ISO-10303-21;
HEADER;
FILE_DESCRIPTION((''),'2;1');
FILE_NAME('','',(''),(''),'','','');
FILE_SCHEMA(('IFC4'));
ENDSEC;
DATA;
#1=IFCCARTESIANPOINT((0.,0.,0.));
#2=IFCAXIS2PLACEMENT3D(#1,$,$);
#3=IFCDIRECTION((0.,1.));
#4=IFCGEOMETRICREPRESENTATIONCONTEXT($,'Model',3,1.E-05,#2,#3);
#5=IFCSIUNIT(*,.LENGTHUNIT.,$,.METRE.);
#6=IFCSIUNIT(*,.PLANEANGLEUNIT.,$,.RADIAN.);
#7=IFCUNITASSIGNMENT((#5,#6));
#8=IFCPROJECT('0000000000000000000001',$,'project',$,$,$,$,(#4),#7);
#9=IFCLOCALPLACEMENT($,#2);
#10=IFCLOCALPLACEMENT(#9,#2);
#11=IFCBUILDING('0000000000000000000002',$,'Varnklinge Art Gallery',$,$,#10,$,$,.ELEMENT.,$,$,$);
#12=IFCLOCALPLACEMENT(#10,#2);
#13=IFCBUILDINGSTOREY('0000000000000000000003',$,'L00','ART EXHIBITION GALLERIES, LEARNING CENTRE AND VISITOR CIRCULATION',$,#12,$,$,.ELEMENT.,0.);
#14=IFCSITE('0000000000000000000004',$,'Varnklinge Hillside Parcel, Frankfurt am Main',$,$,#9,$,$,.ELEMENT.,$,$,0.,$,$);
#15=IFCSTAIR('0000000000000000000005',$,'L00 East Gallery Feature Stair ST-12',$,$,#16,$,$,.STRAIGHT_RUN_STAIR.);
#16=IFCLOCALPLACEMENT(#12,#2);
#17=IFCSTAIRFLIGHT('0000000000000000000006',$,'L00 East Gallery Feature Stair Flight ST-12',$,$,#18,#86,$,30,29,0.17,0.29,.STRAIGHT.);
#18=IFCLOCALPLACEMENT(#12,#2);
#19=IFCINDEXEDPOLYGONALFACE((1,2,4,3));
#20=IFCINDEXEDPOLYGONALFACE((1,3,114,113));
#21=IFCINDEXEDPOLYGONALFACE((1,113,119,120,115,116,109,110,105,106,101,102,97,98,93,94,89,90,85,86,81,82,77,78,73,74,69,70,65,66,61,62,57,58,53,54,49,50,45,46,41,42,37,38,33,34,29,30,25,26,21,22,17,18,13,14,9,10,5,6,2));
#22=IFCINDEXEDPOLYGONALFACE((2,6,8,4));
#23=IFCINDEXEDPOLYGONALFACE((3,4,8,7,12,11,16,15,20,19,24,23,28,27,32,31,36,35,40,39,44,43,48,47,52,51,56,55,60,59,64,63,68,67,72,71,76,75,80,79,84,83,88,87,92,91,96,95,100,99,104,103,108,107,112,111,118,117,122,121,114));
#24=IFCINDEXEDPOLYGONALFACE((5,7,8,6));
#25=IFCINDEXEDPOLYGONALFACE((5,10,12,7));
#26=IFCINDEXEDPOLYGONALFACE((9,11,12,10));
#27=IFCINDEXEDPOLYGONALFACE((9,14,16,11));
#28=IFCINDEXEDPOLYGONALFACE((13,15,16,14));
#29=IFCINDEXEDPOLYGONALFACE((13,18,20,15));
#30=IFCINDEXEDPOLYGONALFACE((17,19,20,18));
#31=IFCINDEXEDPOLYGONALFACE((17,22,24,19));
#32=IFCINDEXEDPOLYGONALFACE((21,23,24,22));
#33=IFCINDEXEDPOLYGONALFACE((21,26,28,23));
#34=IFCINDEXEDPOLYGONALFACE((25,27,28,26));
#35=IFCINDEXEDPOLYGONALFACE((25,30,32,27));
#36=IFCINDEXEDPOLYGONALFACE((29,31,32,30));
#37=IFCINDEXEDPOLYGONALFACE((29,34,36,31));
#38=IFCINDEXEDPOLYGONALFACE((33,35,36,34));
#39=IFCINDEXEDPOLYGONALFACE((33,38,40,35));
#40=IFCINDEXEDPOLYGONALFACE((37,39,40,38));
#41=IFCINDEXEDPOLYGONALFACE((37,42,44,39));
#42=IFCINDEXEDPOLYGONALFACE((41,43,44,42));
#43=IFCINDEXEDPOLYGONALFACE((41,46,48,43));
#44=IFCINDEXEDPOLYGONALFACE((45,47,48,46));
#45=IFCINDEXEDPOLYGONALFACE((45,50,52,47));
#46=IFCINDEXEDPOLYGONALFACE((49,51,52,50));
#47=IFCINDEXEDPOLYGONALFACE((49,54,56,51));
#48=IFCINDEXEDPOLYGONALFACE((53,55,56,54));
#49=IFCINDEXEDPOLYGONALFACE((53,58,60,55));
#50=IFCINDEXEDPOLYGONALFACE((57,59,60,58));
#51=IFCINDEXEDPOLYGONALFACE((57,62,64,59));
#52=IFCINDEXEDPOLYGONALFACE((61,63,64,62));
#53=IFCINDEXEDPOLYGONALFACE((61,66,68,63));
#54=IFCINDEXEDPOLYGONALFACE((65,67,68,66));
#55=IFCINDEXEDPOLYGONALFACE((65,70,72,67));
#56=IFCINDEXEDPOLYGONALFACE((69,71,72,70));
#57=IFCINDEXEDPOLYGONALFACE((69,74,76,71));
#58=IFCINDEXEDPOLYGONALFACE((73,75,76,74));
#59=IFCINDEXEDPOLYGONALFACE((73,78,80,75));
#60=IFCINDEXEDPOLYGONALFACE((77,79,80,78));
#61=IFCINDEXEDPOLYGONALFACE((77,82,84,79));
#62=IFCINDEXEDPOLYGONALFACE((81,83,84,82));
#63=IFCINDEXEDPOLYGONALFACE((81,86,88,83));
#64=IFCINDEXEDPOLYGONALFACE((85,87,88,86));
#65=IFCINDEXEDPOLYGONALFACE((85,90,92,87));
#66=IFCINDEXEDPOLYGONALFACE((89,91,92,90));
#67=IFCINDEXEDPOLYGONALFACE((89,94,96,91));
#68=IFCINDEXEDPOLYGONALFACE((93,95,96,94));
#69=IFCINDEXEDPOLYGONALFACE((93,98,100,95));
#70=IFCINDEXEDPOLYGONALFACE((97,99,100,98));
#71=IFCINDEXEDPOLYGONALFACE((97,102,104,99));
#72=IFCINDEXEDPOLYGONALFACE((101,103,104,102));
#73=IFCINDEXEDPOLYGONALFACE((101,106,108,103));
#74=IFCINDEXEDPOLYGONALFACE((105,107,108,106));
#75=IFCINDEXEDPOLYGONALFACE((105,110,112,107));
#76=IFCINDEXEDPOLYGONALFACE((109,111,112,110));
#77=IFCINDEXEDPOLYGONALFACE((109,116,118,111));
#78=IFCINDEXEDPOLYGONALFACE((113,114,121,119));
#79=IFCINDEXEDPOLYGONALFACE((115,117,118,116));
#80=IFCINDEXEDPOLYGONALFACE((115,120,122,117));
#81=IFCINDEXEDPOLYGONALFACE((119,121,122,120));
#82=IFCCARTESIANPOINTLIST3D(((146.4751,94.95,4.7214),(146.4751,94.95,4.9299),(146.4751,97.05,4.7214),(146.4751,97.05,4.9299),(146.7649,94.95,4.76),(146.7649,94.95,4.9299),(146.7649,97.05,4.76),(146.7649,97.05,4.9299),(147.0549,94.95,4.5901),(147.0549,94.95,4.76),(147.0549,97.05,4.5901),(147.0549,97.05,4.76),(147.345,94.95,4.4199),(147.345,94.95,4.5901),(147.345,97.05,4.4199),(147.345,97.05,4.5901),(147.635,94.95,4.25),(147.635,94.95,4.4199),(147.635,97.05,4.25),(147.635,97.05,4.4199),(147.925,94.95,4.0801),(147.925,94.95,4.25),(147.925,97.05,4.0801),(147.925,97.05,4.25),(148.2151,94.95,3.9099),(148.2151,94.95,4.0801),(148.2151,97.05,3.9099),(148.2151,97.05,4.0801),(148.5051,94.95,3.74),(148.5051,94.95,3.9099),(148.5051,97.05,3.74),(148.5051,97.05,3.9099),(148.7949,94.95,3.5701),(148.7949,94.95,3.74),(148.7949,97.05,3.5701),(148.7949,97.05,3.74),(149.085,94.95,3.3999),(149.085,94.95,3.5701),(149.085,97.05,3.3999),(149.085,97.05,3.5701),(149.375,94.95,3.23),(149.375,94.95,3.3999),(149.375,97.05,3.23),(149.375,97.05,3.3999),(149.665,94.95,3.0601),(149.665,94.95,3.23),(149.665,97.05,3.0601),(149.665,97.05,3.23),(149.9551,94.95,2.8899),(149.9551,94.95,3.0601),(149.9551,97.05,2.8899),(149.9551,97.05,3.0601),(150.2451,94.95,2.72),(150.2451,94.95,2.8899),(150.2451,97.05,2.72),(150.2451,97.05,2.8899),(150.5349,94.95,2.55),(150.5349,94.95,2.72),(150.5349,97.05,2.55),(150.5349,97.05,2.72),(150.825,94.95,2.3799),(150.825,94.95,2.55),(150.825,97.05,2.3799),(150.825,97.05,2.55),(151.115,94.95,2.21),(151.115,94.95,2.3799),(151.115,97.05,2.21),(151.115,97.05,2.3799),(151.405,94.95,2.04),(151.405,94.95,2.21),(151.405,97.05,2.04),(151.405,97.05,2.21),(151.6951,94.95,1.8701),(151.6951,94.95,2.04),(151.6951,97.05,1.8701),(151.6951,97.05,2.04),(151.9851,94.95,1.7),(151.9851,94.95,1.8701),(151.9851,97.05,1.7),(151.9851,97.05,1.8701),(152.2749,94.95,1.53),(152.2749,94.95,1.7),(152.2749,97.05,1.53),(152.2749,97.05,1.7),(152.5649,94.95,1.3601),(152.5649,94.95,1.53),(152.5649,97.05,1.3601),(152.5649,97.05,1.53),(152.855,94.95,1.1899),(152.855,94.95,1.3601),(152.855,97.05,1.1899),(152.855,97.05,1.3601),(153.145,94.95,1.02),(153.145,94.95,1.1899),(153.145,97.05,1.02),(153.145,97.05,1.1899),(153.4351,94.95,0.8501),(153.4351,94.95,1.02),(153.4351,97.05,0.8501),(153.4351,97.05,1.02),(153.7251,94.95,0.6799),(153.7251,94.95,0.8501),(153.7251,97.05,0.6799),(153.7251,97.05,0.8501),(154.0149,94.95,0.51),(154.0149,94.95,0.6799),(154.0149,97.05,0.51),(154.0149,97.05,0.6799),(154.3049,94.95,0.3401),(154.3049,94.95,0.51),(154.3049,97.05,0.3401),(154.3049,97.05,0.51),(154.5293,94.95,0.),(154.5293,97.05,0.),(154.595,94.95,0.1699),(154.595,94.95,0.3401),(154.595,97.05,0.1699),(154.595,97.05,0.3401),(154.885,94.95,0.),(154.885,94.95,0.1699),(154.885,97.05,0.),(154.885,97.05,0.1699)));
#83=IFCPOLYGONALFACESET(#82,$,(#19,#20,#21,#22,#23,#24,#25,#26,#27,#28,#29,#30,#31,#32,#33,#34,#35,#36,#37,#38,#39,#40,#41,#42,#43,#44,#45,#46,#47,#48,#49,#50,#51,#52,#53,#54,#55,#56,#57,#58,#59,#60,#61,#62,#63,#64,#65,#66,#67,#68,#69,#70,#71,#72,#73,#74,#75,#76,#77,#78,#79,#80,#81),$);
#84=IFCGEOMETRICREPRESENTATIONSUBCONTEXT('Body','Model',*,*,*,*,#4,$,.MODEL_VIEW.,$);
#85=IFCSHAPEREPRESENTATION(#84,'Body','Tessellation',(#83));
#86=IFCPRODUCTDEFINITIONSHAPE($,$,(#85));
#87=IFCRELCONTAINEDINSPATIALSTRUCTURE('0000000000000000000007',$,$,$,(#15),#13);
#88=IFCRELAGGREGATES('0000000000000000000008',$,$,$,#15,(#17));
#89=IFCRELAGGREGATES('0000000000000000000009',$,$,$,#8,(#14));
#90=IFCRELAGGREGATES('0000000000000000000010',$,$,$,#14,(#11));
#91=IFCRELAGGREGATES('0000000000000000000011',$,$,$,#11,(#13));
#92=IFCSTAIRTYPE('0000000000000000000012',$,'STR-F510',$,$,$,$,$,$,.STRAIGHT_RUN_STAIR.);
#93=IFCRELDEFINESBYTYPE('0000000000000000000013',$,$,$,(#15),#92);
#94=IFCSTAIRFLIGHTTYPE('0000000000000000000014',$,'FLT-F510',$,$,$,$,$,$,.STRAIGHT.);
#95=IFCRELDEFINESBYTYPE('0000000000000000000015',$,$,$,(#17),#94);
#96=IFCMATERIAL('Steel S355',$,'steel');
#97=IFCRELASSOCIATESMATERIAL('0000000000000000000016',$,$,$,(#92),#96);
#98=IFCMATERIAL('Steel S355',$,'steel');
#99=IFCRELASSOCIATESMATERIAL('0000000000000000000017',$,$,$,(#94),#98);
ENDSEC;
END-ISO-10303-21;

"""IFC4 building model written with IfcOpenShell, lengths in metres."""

from ifc_helpers import new_model, si_unit, direction, frame, origin, place, context, subcontext, project, spatial, polyline, outline, extrude, material, type_object, element, aggregate, save


model = new_model("IFC4")

# Units and contexts
model_context = context("Model", 3, precision=1e-05, world=origin(), true_north=direction((0.0, 1.0)))
body_context = subcontext(model_context, "Body", "Model", "MODEL_VIEW")
ifc_project = project(units=[si_unit("LENGTHUNIT", "METRE"), si_unit("PLANEANGLEUNIT", "RADIAN")], contexts=[model_context])

# Site, building, storey
site_placement = place(None, origin())
site = spatial("IfcSite", under=ifc_project, at=site_placement, Name="Varnklinge Hillside Parcel, Frankfurt am Main", CompositionType="ELEMENT", RefElevation=0.0)
building_placement = place(site_placement, origin())
building = spatial("IfcBuilding", under=site, at=building_placement, Name="Varnklinge Art Gallery", CompositionType="ELEMENT")
storey_placement = place(building_placement, origin())
storey = spatial("IfcBuildingStorey", under=building, at=storey_placement, Name="L00", Description="ART EXHIBITION GALLERIES, LEARNING CENTRE AND VISITOR CIRCULATION", CompositionType="ELEMENT", Elevation=0.0)

# Stair, stair flight
ifc_material_1 = material(Name="Steel S355", Category="steel")
stair_type_1 = type_object("IfcStairType", Name="STR-F510", PredefinedType="STRAIGHT_RUN_STAIR", material=ifc_material_1)
stair_1_placement = place(storey_placement, origin())
stair_1 = element("IfcStair", 1, at=stair_1_placement, inside=storey, type_object=stair_type_1, Name="L00 East Gallery Feature Stair ST-12", PredefinedType="STRAIGHT_RUN_STAIR")
ifc_material_2 = material(Name="Steel S355", Category="steel")
stair_flight_type_1 = type_object("IfcStairFlightType", Name="FLT-F510", PredefinedType="STRAIGHT", material=ifc_material_2)
stair_flight_1_placement = place(storey_placement, frame((154.885, 96.0, 0.0), z_axis=(0.0, 0.0, 1.0), x_axis=(-1.0, 0.0, 0.0)))
stair_flight_1 = element("IfcStairFlight", 2, at=stair_flight_1_placement, type_object=stair_flight_type_1, Name="L00 East Gallery Feature Stair Flight ST-12", NumberOfRisers=30, NumberOfTreads=29, PredefinedType="STRAIGHT", RiserHeight=0.17, TreadLength=0.29, context=body_context, shape_type="SweptSolid", body=[
    extrude(outline(polyline([(0.0, 0.0), (0.0, 0.1699), (0.29, 0.1699), (0.29, 0.3401), (0.5801, 0.3401), (0.5801, 0.51), (0.8701, 0.51), (0.8701, 0.6799), (1.1599, 0.6799), (1.1599, 0.8501), (1.45, 0.8501), (1.45, 1.02), (1.74, 1.02), (1.74, 1.1899), (2.03, 1.1899), (2.03, 1.3601), (2.3201, 1.3601), (2.3201, 1.53), (2.6101, 1.53), (2.6101, 1.7), (2.8999, 1.7), (2.8999, 1.8701), (3.1899, 1.8701), (3.1899, 2.04), (3.48, 2.04), (3.48, 2.21), (3.77, 2.21), (3.77, 2.3799), (4.0601, 2.3799), (4.0601, 2.55), (4.3501, 2.55), (4.3501, 2.72), (4.6399, 2.72), (4.6399, 2.8899), (4.9299, 2.8899), (4.9299, 3.0601), (5.22, 3.0601), (5.22, 3.23), (5.51, 3.23), (5.51, 3.3999), (5.8, 3.3999), (5.8, 3.5701), (6.0901, 3.5701), (6.0901, 3.74), (6.3799, 3.74), (6.3799, 3.9099), (6.6699, 3.9099), (6.6699, 4.0801), (6.96, 4.0801), (6.96, 4.25), (7.25, 4.25), (7.25, 4.4199), (7.54, 4.4199), (7.54, 4.5901), (7.8301, 4.5901), (7.8301, 4.76), (8.1201, 4.76), (8.1201, 4.9299), (8.4099, 4.9299), (8.4099, 5.1001), (8.4099, 4.7214), (0.3557, 0.0), (0.0, 0.0)])), frame((0.0, 1.05, 0.0), z_axis=(0.0, -1.0, 0.0), x_axis=(1.0, 0.0, 0.0)), (0.0, 0.0, 1.0), 2.1001),
])
aggregate(stair_1, [stair_flight_1])

save(model, "model.ifc")
